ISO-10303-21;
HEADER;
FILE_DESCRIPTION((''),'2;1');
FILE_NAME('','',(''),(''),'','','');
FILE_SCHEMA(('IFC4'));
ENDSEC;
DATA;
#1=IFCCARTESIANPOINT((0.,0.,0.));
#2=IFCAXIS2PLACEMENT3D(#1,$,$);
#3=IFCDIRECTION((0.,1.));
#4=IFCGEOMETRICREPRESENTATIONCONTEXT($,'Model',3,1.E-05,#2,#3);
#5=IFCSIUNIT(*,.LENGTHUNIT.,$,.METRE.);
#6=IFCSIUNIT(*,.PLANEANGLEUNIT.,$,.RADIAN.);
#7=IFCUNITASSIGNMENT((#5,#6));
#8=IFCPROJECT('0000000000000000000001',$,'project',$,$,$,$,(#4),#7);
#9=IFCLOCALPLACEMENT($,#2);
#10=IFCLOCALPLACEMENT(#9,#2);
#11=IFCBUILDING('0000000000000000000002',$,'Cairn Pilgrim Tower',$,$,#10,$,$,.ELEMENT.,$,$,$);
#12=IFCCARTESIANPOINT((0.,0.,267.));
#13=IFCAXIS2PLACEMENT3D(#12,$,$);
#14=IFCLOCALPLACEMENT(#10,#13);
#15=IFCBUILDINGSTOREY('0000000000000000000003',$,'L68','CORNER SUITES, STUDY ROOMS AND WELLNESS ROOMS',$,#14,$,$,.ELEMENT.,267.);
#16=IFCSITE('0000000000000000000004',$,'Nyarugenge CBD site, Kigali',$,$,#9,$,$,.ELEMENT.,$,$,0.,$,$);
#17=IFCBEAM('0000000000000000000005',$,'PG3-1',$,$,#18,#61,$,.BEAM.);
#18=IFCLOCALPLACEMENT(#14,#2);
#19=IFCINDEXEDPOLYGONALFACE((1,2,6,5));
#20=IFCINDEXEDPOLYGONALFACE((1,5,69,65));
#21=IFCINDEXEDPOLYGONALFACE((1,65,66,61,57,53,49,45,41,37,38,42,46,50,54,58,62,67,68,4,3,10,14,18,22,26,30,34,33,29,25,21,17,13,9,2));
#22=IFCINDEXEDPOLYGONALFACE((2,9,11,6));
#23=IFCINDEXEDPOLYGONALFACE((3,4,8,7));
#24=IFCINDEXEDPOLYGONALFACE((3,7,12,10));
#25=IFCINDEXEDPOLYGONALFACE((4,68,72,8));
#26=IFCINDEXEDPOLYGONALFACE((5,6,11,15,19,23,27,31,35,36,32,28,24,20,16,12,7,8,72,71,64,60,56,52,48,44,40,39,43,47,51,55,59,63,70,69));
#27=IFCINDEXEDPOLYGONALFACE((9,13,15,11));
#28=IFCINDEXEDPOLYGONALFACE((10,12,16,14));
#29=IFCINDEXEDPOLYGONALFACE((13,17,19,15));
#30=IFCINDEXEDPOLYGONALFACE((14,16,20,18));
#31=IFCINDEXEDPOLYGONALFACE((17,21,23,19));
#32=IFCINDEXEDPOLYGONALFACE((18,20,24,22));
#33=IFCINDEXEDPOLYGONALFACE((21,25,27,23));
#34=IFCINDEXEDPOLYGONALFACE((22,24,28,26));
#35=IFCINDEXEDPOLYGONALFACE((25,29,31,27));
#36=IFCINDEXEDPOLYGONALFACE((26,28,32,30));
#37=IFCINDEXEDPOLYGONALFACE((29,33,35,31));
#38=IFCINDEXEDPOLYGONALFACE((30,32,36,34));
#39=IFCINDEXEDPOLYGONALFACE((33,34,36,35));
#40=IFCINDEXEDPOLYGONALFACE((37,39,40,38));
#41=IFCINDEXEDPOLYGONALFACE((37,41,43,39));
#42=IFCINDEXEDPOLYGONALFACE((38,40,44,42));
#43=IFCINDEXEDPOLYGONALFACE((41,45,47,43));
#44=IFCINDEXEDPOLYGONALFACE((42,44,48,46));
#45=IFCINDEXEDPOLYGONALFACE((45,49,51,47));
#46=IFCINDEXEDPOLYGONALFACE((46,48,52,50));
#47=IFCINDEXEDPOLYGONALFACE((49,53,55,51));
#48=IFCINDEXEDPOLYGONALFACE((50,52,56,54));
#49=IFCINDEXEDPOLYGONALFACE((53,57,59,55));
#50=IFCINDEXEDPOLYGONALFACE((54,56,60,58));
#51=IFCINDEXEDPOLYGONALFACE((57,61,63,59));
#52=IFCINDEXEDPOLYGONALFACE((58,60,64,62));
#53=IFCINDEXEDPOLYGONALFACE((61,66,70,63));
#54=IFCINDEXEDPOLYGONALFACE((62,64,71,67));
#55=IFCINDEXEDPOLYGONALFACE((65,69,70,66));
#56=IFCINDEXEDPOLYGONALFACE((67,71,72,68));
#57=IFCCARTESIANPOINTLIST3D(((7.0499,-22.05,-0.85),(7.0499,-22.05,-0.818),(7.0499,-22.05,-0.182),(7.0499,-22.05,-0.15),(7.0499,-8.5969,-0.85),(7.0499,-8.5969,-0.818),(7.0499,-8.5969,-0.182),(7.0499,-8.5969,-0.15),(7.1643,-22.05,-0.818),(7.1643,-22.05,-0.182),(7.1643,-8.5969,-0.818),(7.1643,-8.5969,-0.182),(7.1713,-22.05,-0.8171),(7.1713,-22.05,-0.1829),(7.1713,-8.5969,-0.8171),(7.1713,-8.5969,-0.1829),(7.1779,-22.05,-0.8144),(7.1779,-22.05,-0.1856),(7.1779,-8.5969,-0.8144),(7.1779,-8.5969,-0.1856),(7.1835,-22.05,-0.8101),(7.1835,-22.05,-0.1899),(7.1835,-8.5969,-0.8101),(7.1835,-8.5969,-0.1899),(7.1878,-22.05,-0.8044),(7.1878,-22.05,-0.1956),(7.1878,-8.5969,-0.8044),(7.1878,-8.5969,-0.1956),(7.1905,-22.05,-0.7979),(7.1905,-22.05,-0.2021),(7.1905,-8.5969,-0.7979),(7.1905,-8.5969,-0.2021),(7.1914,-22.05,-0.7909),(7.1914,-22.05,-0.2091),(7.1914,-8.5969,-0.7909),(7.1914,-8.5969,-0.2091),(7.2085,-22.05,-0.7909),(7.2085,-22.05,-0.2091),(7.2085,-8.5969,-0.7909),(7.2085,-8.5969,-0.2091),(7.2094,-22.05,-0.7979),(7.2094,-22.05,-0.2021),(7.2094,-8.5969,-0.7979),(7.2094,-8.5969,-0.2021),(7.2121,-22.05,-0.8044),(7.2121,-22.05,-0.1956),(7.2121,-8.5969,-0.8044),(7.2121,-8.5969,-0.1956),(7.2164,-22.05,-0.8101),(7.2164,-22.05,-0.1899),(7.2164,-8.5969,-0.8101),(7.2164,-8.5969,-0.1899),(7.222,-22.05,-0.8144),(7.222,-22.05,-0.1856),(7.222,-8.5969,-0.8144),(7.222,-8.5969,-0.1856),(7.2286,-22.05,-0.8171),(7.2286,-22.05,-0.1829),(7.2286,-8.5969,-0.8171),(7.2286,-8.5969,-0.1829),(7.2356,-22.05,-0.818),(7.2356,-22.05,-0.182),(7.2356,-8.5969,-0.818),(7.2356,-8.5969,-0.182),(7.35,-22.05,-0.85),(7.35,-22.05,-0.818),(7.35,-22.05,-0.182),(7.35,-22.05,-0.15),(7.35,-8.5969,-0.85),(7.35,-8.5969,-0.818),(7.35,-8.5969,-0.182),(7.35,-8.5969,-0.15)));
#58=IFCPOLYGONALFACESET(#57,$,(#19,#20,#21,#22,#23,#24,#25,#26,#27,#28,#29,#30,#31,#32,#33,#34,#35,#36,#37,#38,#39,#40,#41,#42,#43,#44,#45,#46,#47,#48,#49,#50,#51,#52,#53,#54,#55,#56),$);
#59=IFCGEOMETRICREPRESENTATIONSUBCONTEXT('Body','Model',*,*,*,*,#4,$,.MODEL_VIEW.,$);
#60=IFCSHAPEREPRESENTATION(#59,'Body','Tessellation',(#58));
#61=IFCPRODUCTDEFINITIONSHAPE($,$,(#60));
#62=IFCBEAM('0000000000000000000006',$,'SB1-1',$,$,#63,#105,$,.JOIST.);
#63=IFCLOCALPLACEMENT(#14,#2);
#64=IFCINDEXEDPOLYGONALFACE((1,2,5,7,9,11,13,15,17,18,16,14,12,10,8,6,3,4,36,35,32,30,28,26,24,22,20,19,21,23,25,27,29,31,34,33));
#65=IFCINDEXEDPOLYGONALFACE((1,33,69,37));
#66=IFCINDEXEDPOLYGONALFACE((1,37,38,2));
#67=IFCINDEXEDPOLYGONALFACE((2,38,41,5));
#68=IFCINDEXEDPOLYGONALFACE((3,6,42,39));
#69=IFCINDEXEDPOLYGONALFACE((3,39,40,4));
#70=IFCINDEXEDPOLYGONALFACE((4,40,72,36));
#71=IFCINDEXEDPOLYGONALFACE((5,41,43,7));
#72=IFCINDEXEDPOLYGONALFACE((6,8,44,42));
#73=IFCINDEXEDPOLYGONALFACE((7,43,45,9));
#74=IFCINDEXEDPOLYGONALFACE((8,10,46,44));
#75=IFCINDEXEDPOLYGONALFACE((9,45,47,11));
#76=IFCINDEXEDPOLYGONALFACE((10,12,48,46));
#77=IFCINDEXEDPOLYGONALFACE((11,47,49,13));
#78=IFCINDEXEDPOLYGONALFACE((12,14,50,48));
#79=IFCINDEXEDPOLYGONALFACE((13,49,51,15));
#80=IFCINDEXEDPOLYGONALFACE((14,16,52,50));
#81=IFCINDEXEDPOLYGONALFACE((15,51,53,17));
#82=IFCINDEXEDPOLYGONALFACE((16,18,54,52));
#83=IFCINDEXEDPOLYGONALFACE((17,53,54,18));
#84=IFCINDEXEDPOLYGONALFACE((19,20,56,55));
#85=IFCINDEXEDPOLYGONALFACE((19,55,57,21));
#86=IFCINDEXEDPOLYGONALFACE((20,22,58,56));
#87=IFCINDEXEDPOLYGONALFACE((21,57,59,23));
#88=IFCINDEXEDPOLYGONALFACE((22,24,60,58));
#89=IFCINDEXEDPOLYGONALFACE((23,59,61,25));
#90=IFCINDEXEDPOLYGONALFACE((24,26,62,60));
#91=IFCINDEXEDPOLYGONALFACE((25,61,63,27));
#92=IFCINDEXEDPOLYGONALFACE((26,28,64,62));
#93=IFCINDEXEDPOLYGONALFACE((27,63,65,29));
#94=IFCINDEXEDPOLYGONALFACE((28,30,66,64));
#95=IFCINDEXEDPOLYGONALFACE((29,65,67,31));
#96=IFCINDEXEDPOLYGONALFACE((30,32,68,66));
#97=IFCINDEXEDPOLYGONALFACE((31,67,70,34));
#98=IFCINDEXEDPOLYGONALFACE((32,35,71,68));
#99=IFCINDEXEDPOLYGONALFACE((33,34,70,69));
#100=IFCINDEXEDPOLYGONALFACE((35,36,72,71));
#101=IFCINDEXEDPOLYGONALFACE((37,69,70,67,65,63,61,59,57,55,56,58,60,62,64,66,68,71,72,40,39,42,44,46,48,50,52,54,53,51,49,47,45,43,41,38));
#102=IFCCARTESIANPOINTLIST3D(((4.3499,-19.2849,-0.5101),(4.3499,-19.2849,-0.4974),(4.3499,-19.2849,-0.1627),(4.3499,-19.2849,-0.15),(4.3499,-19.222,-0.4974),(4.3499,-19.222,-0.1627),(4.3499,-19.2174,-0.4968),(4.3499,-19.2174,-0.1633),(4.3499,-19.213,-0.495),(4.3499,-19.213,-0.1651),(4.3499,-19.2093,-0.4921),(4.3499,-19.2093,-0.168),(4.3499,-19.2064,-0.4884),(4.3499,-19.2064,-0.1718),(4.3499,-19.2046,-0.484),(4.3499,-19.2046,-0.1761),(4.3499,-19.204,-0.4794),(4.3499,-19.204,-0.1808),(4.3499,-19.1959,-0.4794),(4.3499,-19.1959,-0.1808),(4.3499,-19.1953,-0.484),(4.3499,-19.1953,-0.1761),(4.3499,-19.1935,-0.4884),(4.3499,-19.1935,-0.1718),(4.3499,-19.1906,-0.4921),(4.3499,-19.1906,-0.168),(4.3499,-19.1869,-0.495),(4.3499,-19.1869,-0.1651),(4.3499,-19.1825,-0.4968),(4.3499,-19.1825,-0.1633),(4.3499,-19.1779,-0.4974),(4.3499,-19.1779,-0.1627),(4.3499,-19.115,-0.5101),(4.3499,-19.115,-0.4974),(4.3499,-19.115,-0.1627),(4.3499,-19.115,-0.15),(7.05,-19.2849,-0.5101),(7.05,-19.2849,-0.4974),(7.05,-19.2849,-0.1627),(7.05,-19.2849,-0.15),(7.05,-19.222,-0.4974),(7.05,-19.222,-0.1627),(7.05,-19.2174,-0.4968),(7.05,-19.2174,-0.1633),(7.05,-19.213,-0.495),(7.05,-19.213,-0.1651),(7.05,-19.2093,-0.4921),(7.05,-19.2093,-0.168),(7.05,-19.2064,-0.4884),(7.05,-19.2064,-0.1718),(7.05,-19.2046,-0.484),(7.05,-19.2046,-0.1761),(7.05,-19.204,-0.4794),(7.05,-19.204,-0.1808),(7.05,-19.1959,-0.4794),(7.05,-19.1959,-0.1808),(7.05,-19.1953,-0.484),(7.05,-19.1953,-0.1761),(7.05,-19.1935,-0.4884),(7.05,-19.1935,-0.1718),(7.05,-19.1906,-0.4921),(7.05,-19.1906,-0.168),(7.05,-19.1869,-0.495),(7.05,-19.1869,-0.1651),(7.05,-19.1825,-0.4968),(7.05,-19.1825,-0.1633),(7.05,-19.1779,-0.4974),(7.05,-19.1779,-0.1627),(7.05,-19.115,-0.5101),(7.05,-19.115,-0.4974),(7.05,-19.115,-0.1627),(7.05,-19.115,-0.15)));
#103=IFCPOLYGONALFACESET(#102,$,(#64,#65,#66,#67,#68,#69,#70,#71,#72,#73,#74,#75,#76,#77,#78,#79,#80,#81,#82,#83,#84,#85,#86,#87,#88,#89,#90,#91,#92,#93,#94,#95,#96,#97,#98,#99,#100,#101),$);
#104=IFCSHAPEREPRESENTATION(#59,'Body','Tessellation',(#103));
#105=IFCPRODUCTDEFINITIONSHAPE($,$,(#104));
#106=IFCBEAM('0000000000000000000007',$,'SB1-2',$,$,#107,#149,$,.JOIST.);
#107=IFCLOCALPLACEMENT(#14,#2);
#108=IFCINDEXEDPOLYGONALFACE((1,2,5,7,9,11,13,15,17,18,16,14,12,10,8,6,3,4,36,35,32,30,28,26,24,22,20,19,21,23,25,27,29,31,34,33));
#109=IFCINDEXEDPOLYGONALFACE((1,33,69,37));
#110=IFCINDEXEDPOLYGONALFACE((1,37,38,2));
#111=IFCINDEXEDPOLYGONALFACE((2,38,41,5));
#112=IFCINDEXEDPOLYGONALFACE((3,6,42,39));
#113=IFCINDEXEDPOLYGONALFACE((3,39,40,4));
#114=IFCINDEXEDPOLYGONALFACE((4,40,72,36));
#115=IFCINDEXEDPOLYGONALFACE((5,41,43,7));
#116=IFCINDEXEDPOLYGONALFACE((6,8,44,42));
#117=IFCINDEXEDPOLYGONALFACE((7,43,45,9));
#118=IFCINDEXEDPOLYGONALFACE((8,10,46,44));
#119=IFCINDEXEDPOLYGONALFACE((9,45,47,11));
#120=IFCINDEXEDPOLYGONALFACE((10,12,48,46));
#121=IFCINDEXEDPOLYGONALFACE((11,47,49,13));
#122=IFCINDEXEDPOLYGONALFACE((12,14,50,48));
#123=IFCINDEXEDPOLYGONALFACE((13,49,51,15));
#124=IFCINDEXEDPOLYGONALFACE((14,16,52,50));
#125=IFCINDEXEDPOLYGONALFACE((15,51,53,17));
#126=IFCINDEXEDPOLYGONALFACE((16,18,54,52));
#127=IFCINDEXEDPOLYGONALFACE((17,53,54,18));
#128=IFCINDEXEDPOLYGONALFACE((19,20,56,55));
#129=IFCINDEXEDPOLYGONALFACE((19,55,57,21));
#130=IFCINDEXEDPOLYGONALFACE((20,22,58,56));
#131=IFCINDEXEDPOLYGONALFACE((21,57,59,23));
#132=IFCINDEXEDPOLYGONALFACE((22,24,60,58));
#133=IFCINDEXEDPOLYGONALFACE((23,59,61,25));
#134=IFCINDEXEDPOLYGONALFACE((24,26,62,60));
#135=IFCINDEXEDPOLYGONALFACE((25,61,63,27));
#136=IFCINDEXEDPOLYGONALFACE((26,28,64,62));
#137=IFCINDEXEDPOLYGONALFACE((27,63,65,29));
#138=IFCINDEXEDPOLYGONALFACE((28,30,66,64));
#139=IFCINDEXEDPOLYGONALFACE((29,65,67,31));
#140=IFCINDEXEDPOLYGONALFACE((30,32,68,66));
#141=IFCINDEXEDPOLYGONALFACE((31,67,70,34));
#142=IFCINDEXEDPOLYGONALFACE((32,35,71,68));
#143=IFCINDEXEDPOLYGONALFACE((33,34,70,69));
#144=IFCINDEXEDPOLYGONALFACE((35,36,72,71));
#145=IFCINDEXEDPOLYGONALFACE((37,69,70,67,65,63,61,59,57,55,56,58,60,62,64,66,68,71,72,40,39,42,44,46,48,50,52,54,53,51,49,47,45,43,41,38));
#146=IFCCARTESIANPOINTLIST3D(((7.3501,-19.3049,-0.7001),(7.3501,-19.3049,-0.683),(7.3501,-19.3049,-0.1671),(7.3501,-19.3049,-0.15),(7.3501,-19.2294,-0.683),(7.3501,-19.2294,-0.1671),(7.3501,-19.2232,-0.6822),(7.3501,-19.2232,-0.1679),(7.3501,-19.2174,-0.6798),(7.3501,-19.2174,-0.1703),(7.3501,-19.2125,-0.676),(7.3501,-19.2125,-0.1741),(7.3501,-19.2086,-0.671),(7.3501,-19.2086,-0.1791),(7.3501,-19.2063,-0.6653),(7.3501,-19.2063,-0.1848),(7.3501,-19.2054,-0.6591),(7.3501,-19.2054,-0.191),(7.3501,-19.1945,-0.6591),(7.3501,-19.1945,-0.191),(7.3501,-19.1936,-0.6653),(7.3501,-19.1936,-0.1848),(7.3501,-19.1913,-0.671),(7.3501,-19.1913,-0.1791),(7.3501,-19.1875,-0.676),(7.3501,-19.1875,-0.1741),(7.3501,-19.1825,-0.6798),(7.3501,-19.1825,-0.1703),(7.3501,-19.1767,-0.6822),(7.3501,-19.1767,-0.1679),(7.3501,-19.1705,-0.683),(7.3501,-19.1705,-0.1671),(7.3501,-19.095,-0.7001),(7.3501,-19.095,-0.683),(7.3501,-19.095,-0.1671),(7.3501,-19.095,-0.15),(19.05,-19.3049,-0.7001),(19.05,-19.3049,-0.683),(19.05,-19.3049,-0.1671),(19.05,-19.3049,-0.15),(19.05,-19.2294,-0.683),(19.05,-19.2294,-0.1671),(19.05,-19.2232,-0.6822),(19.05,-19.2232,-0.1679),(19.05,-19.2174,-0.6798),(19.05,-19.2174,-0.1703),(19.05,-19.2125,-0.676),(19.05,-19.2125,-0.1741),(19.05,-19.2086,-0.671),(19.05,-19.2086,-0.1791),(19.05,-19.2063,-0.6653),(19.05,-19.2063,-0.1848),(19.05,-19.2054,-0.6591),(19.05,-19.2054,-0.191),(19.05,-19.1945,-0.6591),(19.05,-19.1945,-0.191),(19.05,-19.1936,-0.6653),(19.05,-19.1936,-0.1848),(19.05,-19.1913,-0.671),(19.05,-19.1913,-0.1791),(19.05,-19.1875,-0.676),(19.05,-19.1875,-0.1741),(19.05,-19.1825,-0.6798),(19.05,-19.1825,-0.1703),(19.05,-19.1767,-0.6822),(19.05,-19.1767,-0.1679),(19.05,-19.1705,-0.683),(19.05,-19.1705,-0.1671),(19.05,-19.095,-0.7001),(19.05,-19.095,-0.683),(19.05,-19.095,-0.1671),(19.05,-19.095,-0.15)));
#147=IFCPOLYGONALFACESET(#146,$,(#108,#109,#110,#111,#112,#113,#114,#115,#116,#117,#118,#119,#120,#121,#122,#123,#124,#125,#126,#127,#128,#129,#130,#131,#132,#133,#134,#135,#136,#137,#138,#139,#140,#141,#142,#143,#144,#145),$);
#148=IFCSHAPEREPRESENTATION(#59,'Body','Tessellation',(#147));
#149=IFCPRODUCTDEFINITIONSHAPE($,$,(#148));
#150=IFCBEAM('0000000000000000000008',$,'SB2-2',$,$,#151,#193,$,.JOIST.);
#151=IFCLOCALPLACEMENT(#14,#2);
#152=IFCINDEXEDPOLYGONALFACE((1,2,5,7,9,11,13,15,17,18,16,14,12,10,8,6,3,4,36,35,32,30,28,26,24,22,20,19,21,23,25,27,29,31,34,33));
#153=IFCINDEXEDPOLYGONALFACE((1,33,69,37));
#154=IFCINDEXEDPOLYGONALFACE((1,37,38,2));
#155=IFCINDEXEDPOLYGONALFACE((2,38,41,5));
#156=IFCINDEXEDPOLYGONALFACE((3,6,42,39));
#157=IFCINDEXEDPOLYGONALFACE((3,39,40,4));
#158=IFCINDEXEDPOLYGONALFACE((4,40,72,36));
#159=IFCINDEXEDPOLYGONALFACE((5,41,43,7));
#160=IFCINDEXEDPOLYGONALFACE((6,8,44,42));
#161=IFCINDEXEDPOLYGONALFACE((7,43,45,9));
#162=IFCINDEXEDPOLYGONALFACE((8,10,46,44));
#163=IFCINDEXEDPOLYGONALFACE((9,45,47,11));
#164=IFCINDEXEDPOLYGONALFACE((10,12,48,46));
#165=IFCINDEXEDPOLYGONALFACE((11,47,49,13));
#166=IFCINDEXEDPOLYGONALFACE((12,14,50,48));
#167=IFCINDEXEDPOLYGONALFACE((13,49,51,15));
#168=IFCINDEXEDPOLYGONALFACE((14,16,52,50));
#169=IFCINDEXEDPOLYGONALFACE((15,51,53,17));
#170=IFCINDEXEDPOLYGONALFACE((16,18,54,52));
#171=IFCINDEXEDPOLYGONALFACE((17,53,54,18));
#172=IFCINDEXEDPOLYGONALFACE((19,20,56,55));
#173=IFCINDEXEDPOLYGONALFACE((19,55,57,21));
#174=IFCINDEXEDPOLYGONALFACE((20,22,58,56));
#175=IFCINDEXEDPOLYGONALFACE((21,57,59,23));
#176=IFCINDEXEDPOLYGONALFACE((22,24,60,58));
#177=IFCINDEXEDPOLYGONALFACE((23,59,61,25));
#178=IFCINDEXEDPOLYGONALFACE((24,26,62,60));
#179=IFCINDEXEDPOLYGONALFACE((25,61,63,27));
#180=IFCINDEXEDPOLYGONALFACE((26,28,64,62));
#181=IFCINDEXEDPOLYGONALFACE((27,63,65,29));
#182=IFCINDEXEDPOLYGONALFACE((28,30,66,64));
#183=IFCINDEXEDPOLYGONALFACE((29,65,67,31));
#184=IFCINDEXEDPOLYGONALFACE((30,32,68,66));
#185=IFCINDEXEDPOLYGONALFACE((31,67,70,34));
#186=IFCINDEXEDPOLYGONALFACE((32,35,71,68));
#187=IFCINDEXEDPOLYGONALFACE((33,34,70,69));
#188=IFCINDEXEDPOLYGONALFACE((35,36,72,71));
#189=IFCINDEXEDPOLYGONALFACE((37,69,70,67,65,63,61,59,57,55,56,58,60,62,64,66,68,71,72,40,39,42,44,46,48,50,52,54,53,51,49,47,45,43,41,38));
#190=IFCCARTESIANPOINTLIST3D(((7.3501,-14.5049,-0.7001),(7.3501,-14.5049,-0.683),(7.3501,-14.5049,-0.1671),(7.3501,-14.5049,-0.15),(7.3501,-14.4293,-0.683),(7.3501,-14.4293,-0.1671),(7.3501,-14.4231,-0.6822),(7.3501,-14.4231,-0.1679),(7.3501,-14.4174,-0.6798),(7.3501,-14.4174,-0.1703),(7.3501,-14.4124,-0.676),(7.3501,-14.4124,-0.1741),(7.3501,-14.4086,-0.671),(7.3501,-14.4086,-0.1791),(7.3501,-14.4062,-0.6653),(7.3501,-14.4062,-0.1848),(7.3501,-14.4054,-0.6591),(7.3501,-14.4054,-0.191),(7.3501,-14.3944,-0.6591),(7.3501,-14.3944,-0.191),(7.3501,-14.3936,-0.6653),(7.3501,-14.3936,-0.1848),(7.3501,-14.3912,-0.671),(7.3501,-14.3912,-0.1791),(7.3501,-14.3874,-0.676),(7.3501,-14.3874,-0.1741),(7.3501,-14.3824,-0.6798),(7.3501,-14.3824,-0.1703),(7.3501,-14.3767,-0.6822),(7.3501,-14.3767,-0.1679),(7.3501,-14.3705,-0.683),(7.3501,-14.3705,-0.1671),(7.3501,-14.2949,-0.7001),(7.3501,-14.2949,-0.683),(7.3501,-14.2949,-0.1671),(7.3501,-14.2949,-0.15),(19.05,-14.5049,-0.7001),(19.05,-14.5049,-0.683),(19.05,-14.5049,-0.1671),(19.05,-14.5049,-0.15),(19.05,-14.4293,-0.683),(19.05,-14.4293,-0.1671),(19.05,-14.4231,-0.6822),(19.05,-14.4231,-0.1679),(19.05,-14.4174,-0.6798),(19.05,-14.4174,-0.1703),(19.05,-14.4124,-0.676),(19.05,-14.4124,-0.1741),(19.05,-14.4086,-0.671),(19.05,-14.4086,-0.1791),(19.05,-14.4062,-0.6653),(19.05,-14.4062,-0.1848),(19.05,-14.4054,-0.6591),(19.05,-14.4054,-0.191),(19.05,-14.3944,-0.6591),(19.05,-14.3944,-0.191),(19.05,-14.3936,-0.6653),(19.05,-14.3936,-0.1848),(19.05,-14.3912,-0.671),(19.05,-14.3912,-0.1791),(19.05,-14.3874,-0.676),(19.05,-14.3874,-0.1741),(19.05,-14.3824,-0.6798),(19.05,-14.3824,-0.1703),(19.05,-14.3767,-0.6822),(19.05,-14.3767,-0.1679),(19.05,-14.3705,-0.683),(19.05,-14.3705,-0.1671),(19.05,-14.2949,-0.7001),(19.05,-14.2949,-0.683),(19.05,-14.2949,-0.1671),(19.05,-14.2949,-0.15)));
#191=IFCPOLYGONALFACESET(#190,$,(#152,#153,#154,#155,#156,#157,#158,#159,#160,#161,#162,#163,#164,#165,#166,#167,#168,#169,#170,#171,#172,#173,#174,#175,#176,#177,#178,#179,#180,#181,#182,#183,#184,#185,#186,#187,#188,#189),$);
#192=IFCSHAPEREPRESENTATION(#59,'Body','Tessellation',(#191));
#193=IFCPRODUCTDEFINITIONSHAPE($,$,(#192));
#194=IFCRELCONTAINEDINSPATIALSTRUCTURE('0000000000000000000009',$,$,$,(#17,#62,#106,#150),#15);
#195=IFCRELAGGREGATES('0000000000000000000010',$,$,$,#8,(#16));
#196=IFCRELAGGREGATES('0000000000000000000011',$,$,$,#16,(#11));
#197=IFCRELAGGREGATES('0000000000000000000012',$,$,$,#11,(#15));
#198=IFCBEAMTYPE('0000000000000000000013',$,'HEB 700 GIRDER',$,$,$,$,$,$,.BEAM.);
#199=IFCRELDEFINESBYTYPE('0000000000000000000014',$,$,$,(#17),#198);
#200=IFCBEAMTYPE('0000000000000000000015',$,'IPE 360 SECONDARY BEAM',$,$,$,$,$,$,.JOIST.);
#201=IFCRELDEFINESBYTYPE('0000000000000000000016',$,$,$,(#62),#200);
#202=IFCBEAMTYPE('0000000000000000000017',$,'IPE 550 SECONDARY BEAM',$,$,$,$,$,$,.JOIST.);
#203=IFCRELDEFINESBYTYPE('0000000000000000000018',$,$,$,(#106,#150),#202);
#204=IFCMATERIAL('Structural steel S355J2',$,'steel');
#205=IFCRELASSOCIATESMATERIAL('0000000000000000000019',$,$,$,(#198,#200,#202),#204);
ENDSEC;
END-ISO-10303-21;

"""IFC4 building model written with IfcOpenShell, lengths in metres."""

from ifc_helpers import new_model, si_unit, direction, frame, origin, origin_2d, place, context, subcontext, project, spatial, i_section, extrude, material, material_profile, profile_set, type_object, element, save


model = new_model("IFC4")

# Units and contexts
model_context = context("Model", 3, precision=1e-05, world=origin(), true_north=direction((0.0, 1.0)))
body_context = subcontext(model_context, "Body", "Model", "MODEL_VIEW")
ifc_project = project(units=[si_unit("LENGTHUNIT", "METRE"), si_unit("PLANEANGLEUNIT", "RADIAN")], contexts=[model_context])

# Site, building, storey
site_placement = place(None, origin())
site = spatial("IfcSite", under=ifc_project, at=site_placement, Name="Nyarugenge CBD site, Kigali", CompositionType="ELEMENT", RefElevation=0.0)
building_placement = place(site_placement, origin())
building = spatial("IfcBuilding", under=site, at=building_placement, Name="Cairn Pilgrim Tower", CompositionType="ELEMENT")
storey_placement = place(building_placement, frame((0.0, 0.0, 267.0)))
storey = spatial("IfcBuildingStorey", under=building, at=storey_placement, Name="L68", Description="CORNER SUITES, STUDY ROOMS AND WELLNESS ROOMS", CompositionType="ELEMENT", Elevation=267.0)

# Shared definitions
ifc_material_1 = material(Name="Structural steel S355J2", Category="steel")

# Beams
ifc_material_profile_1 = material_profile(ifc_material_1, i_section(OverallWidth=0.3, OverallDepth=0.7, WebThickness=0.0171, FlangeThickness=0.032, FilletRadius=0.0271, at=origin_2d()), Name="HEB 700")
ifc_profile_set_1 = profile_set([ifc_material_profile_1], Name="Structural steel S355J2")
beam_type_1 = type_object("IfcBeamType", Name="HEB 700 GIRDER", PredefinedType="BEAM", material=ifc_profile_set_1)
beam_1_placement = place(storey_placement, frame((7.2, -22.05, -0.5), z_axis=(0.0, 1.0, 0.0), x_axis=(-1.0, 0.0, 0.0)))
element("IfcBeam", 1, at=beam_1_placement, inside=storey, type_object=beam_type_1, Name="PG3-1", PredefinedType="BEAM", context=body_context, shape_type="SweptSolid", body=[
    extrude(i_section(OverallWidth=0.3, OverallDepth=0.7, WebThickness=0.0171, FlangeThickness=0.032, FilletRadius=0.0271, at=origin_2d()), origin(), (0.0, 0.0, 1.0), 13.4531),
])
ifc_material_profile_2 = material_profile(ifc_material_1, i_section(OverallWidth=0.1699, OverallDepth=0.3601, WebThickness=0.0081, FlangeThickness=0.0127, FilletRadius=0.0181, at=origin_2d()), Name="IPE 360")
ifc_profile_set_2 = profile_set([ifc_material_profile_2], Name="Structural steel S355J2")
beam_type_2 = type_object("IfcBeamType", Name="IPE 360 SECONDARY BEAM", PredefinedType="JOIST", material=ifc_profile_set_2)
beam_2_placement = place(storey_placement, frame((4.3499, -19.2, -0.3301), z_axis=(1.0, 0.0, 0.0), x_axis=(0.0, 1.0, 0.0)))
element("IfcBeam", 2, at=beam_2_placement, inside=storey, type_object=beam_type_2, Name="SB1-1", PredefinedType="JOIST", context=body_context, shape_type="SweptSolid", body=[
    extrude(i_section(OverallWidth=0.1699, OverallDepth=0.3601, WebThickness=0.0081, FlangeThickness=0.0127, FilletRadius=0.0181, at=origin_2d()), origin(), (0.0, 0.0, 1.0), 2.7002),
])
ifc_material_profile_3 = material_profile(ifc_material_1, i_section(OverallWidth=0.21, OverallDepth=0.55, WebThickness=0.011, FlangeThickness=0.0171, FilletRadius=0.0239, at=origin_2d()), Name="IPE 550")
ifc_profile_set_3 = profile_set([ifc_material_profile_3], Name="Structural steel S355J2")
beam_type_3 = type_object("IfcBeamType", Name="IPE 550 SECONDARY BEAM", PredefinedType="JOIST", material=ifc_profile_set_3)
for number, where, z_axis, x_axis, name in (
    (3, (7.3501, -19.2, -0.425), (1.0, 0.0, 0.0), (0.0, 1.0, 0.0), "SB1-2"),
    (4, (7.3501, -14.3999, -0.425), (1.0, 0.0, 0.0), (0.0, 1.0, 0.0), "SB2-2"),
):
    element("IfcBeam", number, at=place(storey_placement, frame(where, z_axis=z_axis, x_axis=x_axis)), inside=storey, type_object=beam_type_3, Name=name, PredefinedType="JOIST", context=body_context, shape_type="SweptSolid", body=[
        extrude(i_section(OverallWidth=0.21, OverallDepth=0.55, WebThickness=0.011, FlangeThickness=0.0171, FilletRadius=0.0239, at=origin_2d()), origin(), (0.0, 0.0, 1.0), 11.7),
    ])

save(model, "model.ifc")
